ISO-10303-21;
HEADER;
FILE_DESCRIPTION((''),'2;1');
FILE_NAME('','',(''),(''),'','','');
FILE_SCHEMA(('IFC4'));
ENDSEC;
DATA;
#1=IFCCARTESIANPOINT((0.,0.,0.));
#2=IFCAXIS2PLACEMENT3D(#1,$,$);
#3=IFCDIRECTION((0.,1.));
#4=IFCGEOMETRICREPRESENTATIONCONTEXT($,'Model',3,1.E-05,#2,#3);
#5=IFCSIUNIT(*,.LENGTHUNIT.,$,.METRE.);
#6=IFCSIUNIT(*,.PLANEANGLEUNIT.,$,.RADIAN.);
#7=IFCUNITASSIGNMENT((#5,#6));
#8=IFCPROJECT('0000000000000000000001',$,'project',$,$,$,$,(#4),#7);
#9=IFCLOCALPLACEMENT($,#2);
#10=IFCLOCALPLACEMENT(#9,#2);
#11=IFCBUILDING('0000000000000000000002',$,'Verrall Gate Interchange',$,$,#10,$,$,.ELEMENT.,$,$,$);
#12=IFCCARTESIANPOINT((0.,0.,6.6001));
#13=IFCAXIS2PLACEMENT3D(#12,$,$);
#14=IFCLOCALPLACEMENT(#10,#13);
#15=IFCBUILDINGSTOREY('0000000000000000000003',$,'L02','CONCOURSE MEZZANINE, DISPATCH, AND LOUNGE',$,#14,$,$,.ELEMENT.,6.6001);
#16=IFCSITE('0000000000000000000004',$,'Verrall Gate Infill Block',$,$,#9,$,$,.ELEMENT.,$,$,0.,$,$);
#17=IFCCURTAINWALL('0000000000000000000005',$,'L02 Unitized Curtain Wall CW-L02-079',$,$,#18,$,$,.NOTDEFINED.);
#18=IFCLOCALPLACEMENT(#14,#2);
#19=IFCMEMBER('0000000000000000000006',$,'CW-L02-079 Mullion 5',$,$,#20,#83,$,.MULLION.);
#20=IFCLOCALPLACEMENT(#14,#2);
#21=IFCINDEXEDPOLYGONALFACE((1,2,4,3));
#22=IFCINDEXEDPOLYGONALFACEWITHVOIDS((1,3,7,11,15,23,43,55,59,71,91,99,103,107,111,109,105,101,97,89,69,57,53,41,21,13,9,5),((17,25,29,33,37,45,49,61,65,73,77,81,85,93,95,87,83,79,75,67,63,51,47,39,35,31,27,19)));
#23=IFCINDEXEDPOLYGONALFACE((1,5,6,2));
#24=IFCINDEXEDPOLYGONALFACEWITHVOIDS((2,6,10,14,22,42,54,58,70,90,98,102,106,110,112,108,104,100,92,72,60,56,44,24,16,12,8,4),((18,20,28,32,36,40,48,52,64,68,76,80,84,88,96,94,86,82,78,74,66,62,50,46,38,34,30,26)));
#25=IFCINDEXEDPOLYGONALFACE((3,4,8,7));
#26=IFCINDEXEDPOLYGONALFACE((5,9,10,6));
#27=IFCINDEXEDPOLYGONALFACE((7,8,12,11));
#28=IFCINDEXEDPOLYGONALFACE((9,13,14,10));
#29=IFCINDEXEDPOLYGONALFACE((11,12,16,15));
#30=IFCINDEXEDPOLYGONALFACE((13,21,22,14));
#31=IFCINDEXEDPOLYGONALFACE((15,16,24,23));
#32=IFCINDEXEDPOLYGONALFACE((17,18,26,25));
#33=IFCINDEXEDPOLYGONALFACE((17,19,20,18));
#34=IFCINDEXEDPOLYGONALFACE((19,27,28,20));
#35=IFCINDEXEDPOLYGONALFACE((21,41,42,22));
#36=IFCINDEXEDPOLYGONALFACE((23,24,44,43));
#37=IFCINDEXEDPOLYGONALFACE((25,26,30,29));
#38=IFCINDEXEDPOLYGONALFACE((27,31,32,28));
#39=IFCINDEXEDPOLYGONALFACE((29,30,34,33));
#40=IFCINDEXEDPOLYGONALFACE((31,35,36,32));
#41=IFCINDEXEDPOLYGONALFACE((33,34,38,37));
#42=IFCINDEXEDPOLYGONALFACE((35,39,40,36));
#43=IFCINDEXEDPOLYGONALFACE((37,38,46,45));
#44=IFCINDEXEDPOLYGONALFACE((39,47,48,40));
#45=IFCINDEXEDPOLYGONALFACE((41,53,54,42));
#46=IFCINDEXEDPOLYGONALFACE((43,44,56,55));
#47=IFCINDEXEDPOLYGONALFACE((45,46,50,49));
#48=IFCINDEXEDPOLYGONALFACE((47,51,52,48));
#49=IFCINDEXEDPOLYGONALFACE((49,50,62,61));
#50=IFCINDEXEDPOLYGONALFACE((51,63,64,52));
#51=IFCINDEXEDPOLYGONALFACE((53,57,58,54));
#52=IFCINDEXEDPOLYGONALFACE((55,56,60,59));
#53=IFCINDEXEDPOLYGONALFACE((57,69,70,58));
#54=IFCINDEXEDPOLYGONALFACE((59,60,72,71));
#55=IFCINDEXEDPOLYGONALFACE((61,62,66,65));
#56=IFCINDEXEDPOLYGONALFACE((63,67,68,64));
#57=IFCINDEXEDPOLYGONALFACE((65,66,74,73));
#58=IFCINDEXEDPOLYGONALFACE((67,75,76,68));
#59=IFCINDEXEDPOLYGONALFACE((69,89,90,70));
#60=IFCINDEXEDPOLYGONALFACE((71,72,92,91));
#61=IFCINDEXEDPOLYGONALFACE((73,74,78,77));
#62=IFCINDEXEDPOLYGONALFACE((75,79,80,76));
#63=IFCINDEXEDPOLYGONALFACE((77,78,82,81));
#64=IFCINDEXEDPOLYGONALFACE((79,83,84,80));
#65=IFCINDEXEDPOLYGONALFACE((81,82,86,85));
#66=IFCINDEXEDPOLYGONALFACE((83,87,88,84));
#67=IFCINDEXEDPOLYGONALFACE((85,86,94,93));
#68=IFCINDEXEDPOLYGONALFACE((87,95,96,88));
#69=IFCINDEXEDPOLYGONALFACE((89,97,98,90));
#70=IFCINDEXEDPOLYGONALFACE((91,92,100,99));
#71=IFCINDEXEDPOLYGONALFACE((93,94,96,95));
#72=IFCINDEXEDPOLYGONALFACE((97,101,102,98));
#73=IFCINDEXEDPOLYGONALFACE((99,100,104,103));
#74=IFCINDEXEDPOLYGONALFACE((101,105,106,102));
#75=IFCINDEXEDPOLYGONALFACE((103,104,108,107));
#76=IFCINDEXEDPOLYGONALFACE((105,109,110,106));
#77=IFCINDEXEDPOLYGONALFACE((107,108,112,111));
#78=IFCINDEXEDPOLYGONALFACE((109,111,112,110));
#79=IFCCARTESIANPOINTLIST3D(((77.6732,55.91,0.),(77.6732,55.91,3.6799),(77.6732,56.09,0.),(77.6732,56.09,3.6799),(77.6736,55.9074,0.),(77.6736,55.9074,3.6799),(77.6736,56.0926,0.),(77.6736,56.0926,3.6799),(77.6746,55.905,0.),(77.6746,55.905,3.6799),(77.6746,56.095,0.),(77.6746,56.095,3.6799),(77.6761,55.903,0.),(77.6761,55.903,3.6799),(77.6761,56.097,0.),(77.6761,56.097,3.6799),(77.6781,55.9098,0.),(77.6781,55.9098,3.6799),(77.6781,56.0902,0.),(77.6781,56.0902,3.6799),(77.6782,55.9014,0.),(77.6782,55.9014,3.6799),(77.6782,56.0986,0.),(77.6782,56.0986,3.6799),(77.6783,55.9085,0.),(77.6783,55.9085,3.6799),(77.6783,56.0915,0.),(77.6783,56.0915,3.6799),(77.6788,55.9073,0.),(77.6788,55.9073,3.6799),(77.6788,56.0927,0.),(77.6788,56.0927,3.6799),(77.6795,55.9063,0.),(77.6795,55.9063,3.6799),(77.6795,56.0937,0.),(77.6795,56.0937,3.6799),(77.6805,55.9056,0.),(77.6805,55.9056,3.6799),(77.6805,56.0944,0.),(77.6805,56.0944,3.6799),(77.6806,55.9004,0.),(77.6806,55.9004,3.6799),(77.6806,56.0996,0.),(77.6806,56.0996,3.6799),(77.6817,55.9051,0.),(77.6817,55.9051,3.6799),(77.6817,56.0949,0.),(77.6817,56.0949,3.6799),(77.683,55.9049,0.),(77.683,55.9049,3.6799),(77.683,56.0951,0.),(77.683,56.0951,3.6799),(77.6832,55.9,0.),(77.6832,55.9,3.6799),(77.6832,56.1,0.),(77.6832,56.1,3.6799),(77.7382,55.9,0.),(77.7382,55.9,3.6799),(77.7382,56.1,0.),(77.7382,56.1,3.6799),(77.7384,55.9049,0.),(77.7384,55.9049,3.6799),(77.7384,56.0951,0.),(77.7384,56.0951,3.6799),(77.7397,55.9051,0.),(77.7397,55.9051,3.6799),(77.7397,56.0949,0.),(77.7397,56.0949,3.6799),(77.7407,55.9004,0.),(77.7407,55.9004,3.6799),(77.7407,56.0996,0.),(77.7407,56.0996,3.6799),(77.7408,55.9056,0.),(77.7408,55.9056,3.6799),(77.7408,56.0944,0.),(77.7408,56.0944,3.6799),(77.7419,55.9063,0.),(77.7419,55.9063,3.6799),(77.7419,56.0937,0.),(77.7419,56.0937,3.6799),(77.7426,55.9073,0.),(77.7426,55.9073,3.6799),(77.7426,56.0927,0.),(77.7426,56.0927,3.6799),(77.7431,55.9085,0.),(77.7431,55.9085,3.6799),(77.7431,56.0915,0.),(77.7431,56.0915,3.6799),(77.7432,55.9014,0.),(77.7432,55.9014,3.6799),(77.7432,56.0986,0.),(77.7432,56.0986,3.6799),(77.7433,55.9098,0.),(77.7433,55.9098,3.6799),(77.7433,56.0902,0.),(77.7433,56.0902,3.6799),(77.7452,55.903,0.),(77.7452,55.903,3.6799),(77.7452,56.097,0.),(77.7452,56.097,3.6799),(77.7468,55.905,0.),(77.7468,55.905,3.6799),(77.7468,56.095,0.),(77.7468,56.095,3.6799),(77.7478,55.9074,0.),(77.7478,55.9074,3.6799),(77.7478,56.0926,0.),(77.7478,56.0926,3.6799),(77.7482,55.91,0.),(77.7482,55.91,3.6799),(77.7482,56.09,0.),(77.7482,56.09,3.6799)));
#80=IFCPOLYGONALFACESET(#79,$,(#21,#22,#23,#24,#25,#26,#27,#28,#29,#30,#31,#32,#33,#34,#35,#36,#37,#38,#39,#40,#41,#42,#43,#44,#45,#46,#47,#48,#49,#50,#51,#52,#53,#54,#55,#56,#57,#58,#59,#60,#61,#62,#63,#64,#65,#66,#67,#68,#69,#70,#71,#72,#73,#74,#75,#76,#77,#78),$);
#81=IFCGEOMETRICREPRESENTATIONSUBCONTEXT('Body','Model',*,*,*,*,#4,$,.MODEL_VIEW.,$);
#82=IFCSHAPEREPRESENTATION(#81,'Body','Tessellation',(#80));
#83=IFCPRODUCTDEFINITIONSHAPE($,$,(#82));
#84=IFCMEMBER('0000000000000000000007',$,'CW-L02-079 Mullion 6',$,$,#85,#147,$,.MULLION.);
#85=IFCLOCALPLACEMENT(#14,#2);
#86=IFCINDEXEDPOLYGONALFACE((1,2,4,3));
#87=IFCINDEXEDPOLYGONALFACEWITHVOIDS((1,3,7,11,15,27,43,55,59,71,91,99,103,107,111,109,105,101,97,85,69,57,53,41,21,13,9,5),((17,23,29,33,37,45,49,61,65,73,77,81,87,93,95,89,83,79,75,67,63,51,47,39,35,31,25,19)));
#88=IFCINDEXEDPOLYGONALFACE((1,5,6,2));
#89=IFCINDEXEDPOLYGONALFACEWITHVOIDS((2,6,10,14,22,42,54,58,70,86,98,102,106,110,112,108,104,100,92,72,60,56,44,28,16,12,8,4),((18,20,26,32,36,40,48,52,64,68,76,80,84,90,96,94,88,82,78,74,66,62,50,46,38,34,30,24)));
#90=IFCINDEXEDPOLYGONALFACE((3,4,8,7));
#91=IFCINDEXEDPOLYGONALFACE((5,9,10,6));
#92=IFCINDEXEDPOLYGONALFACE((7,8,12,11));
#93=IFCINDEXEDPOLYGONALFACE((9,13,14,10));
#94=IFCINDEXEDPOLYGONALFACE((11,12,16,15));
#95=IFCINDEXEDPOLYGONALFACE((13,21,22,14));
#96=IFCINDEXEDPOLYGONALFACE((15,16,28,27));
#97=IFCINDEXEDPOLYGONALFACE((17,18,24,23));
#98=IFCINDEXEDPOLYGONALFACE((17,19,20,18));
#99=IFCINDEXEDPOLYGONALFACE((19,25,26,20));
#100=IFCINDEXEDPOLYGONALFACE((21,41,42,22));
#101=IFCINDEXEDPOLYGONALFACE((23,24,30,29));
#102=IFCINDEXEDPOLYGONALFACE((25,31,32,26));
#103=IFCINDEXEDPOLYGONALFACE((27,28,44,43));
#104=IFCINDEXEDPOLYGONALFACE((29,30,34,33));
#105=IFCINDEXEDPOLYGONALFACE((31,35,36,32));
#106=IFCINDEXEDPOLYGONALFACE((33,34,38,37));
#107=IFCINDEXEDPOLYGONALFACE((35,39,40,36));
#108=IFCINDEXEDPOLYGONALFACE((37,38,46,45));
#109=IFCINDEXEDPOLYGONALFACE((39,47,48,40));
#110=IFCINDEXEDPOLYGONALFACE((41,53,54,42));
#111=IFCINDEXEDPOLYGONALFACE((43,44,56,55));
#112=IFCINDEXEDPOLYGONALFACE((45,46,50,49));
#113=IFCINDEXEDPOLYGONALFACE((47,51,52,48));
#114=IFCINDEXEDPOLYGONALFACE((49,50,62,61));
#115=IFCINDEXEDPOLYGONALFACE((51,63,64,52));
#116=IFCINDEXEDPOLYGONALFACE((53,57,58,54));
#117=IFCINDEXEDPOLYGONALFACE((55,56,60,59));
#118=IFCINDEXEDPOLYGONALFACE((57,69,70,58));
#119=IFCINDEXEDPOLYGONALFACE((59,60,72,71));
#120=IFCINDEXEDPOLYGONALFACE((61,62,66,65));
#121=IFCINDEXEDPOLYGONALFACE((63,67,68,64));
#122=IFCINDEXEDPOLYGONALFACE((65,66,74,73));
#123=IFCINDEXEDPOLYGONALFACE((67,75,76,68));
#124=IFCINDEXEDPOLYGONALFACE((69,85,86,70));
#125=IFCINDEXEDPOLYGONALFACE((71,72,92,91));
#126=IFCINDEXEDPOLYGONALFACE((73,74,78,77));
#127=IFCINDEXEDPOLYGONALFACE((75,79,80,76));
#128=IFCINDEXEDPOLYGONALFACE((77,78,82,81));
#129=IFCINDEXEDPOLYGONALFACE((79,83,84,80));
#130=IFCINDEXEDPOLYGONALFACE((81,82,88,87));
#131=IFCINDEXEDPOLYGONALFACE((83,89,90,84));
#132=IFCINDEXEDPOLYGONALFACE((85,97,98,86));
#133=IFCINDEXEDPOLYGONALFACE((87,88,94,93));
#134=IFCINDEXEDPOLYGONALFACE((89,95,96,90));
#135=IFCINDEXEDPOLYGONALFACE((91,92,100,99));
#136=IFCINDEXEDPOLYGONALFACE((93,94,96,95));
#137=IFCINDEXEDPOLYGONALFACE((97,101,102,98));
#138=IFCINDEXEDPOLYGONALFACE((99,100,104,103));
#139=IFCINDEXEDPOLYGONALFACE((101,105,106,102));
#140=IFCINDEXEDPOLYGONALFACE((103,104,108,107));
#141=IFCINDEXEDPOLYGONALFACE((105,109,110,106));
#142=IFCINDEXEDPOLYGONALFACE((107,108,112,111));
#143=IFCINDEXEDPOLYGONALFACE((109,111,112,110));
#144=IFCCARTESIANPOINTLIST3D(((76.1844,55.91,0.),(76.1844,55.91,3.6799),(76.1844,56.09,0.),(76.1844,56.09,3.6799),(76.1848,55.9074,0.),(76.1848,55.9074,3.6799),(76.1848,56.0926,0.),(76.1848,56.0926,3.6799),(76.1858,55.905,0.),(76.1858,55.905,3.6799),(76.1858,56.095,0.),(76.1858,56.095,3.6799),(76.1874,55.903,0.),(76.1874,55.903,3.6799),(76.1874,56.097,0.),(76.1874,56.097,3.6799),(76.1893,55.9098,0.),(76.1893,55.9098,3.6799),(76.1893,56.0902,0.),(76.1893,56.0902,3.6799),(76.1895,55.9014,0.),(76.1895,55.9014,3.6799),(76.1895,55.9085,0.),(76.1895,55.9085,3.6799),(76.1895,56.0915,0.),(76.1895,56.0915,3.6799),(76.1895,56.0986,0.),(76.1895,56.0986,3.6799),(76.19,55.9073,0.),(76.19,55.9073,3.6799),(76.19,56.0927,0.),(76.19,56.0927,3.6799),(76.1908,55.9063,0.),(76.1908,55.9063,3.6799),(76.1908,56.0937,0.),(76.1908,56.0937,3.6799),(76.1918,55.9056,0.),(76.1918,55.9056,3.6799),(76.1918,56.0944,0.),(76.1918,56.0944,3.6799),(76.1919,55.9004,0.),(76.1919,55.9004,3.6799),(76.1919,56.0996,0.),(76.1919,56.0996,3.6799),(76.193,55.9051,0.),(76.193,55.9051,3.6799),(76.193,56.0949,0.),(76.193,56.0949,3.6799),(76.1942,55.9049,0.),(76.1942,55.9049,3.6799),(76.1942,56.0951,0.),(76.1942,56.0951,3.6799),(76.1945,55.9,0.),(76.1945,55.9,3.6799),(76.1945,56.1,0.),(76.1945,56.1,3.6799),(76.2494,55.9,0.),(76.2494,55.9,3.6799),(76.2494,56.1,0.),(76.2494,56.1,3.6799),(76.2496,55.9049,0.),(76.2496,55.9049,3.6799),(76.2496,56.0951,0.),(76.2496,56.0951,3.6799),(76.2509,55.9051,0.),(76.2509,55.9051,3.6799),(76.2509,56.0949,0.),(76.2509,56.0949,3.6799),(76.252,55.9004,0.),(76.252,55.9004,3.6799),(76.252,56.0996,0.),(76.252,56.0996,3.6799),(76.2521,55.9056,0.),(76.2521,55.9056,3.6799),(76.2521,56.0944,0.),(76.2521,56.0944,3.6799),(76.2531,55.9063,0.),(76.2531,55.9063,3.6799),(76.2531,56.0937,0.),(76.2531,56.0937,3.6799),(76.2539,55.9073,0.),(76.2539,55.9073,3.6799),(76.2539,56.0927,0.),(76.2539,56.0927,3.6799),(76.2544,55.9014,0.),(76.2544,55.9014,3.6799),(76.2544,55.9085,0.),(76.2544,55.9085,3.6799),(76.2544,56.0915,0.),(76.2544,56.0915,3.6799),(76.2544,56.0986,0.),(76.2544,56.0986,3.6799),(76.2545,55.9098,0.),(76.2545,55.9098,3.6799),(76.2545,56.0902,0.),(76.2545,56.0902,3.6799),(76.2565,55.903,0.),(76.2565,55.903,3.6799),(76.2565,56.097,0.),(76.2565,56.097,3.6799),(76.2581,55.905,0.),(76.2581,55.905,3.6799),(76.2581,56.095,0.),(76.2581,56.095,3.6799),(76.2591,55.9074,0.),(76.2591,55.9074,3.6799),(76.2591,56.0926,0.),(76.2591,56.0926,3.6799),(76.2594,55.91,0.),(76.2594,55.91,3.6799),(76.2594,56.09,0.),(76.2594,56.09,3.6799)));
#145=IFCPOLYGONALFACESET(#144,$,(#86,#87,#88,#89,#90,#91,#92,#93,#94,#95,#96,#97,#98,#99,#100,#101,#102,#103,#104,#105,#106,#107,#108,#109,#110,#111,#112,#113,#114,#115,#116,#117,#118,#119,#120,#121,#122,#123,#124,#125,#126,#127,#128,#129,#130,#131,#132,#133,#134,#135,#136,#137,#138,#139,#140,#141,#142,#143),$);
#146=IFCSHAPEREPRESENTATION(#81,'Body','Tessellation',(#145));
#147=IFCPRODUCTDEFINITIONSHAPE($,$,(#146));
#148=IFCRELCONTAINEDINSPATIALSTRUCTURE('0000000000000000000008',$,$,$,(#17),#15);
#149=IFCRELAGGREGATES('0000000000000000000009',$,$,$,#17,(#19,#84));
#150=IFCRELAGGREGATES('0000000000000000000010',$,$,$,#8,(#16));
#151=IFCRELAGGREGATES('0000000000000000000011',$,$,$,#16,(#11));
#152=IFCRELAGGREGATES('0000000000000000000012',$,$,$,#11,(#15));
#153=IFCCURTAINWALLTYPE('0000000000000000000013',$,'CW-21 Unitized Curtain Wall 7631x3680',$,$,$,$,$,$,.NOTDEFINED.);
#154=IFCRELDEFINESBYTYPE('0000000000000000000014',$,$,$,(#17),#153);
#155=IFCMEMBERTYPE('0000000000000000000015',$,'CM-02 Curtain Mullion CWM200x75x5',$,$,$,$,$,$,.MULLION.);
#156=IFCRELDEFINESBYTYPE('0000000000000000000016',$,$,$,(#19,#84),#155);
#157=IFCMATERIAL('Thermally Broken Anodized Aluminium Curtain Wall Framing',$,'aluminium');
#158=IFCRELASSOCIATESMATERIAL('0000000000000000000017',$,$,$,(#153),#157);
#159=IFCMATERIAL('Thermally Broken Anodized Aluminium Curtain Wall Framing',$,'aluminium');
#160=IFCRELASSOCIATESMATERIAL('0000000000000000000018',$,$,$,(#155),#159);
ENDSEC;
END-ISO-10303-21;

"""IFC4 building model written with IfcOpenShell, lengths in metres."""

from ifc_helpers import new_model, si_unit, direction, frame, origin, origin_2d, place, context, subcontext, project, spatial, hollow_rectangle, extrude, material, material_profile, profile_set, type_object, element, aggregate, save


model = new_model("IFC4")

# Units and contexts
model_context = context("Model", 3, precision=1e-05, world=origin(), true_north=direction((0.0, 1.0)))
body_context = subcontext(model_context, "Body", "Model", "MODEL_VIEW")
ifc_project = project(units=[si_unit("LENGTHUNIT", "METRE"), si_unit("PLANEANGLEUNIT", "RADIAN")], contexts=[model_context])

# Site, building, storey
site_placement = place(None, origin())
site = spatial("IfcSite", under=ifc_project, at=site_placement, Name="Verrall Gate Infill Block", CompositionType="ELEMENT", RefElevation=0.0)
building_placement = place(site_placement, origin())
building = spatial("IfcBuilding", under=site, at=building_placement, Name="Verrall Gate Interchange", CompositionType="ELEMENT")
storey_placement = place(building_placement, frame((0.0, 0.0, 6.6001)))
storey = spatial("IfcBuildingStorey", under=building, at=storey_placement, Name="L02", Description="CONCOURSE MEZZANINE, DISPATCH, AND LOUNGE", CompositionType="ELEMENT", Elevation=6.6001)

# Curtain wall, members
ifc_material_1 = material(Name="Thermally Broken Anodized Aluminium Curtain Wall Framing", Category="aluminium")
curtain_wall_type = type_object("IfcCurtainWallType", Name="CW-21 Unitized Curtain Wall 7631x3680", PredefinedType="NOTDEFINED", material=ifc_material_1)
curtain_wall_1_placement = place(storey_placement, origin())
curtain_wall_1 = element("IfcCurtainWall", 1, at=curtain_wall_1_placement, inside=storey, type_object=curtain_wall_type, Name="L02 Unitized Curtain Wall CW-L02-079", PredefinedType="NOTDEFINED")
ifc_material_2 = material(Name="Thermally Broken Anodized Aluminium Curtain Wall Framing", Category="aluminium")
ifc_material_profile_1 = material_profile(ifc_material_2, hollow_rectangle(XDim=0.075, YDim=0.2, WallThickness=0.0049, InnerFilletRadius=0.0049, OuterFilletRadius=0.01, at=origin_2d()), Name="CWM200x75x5")
ifc_profile_set_1 = profile_set([ifc_material_profile_1], Name="Thermally Broken Anodized Aluminium Curtain Wall Framing")
member_type_1 = type_object("IfcMemberType", Name="CM-02 Curtain Mullion CWM200x75x5", PredefinedType="MULLION", material=ifc_profile_set_1)
member_1_placement = place(storey_placement, frame((77.7107, 56.0, 0.0), z_axis=(0.0, 0.0, 1.0), x_axis=(-1.0, 0.0, 0.0)))
member_1 = element("IfcMember", 2, at=member_1_placement, type_object=member_type_1, Name="CW-L02-079 Mullion 5", PredefinedType="MULLION", context=body_context, shape_type="SweptSolid", body=[
    extrude(hollow_rectangle(XDim=0.075, YDim=0.2, WallThickness=0.0049, InnerFilletRadius=0.0049, OuterFilletRadius=0.01, at=origin_2d()), origin(), (0.0, 0.0, 1.0), 3.6799),
])
member_2_placement = place(storey_placement, frame((76.2219, 56.0, 0.0), z_axis=(0.0, 0.0, 1.0), x_axis=(-1.0, 0.0, 0.0)))
member_2 = element("IfcMember", 3, at=member_2_placement, type_object=member_type_1, Name="CW-L02-079 Mullion 6", PredefinedType="MULLION", context=body_context, shape_type="SweptSolid", body=[
    extrude(hollow_rectangle(XDim=0.075, YDim=0.2, WallThickness=0.0049, InnerFilletRadius=0.0049, OuterFilletRadius=0.01, at=origin_2d()), origin(), (0.0, 0.0, 1.0), 3.6799),
])

aggregate(curtain_wall_1, [member_1, member_2])

save(model, "model.ifc")
